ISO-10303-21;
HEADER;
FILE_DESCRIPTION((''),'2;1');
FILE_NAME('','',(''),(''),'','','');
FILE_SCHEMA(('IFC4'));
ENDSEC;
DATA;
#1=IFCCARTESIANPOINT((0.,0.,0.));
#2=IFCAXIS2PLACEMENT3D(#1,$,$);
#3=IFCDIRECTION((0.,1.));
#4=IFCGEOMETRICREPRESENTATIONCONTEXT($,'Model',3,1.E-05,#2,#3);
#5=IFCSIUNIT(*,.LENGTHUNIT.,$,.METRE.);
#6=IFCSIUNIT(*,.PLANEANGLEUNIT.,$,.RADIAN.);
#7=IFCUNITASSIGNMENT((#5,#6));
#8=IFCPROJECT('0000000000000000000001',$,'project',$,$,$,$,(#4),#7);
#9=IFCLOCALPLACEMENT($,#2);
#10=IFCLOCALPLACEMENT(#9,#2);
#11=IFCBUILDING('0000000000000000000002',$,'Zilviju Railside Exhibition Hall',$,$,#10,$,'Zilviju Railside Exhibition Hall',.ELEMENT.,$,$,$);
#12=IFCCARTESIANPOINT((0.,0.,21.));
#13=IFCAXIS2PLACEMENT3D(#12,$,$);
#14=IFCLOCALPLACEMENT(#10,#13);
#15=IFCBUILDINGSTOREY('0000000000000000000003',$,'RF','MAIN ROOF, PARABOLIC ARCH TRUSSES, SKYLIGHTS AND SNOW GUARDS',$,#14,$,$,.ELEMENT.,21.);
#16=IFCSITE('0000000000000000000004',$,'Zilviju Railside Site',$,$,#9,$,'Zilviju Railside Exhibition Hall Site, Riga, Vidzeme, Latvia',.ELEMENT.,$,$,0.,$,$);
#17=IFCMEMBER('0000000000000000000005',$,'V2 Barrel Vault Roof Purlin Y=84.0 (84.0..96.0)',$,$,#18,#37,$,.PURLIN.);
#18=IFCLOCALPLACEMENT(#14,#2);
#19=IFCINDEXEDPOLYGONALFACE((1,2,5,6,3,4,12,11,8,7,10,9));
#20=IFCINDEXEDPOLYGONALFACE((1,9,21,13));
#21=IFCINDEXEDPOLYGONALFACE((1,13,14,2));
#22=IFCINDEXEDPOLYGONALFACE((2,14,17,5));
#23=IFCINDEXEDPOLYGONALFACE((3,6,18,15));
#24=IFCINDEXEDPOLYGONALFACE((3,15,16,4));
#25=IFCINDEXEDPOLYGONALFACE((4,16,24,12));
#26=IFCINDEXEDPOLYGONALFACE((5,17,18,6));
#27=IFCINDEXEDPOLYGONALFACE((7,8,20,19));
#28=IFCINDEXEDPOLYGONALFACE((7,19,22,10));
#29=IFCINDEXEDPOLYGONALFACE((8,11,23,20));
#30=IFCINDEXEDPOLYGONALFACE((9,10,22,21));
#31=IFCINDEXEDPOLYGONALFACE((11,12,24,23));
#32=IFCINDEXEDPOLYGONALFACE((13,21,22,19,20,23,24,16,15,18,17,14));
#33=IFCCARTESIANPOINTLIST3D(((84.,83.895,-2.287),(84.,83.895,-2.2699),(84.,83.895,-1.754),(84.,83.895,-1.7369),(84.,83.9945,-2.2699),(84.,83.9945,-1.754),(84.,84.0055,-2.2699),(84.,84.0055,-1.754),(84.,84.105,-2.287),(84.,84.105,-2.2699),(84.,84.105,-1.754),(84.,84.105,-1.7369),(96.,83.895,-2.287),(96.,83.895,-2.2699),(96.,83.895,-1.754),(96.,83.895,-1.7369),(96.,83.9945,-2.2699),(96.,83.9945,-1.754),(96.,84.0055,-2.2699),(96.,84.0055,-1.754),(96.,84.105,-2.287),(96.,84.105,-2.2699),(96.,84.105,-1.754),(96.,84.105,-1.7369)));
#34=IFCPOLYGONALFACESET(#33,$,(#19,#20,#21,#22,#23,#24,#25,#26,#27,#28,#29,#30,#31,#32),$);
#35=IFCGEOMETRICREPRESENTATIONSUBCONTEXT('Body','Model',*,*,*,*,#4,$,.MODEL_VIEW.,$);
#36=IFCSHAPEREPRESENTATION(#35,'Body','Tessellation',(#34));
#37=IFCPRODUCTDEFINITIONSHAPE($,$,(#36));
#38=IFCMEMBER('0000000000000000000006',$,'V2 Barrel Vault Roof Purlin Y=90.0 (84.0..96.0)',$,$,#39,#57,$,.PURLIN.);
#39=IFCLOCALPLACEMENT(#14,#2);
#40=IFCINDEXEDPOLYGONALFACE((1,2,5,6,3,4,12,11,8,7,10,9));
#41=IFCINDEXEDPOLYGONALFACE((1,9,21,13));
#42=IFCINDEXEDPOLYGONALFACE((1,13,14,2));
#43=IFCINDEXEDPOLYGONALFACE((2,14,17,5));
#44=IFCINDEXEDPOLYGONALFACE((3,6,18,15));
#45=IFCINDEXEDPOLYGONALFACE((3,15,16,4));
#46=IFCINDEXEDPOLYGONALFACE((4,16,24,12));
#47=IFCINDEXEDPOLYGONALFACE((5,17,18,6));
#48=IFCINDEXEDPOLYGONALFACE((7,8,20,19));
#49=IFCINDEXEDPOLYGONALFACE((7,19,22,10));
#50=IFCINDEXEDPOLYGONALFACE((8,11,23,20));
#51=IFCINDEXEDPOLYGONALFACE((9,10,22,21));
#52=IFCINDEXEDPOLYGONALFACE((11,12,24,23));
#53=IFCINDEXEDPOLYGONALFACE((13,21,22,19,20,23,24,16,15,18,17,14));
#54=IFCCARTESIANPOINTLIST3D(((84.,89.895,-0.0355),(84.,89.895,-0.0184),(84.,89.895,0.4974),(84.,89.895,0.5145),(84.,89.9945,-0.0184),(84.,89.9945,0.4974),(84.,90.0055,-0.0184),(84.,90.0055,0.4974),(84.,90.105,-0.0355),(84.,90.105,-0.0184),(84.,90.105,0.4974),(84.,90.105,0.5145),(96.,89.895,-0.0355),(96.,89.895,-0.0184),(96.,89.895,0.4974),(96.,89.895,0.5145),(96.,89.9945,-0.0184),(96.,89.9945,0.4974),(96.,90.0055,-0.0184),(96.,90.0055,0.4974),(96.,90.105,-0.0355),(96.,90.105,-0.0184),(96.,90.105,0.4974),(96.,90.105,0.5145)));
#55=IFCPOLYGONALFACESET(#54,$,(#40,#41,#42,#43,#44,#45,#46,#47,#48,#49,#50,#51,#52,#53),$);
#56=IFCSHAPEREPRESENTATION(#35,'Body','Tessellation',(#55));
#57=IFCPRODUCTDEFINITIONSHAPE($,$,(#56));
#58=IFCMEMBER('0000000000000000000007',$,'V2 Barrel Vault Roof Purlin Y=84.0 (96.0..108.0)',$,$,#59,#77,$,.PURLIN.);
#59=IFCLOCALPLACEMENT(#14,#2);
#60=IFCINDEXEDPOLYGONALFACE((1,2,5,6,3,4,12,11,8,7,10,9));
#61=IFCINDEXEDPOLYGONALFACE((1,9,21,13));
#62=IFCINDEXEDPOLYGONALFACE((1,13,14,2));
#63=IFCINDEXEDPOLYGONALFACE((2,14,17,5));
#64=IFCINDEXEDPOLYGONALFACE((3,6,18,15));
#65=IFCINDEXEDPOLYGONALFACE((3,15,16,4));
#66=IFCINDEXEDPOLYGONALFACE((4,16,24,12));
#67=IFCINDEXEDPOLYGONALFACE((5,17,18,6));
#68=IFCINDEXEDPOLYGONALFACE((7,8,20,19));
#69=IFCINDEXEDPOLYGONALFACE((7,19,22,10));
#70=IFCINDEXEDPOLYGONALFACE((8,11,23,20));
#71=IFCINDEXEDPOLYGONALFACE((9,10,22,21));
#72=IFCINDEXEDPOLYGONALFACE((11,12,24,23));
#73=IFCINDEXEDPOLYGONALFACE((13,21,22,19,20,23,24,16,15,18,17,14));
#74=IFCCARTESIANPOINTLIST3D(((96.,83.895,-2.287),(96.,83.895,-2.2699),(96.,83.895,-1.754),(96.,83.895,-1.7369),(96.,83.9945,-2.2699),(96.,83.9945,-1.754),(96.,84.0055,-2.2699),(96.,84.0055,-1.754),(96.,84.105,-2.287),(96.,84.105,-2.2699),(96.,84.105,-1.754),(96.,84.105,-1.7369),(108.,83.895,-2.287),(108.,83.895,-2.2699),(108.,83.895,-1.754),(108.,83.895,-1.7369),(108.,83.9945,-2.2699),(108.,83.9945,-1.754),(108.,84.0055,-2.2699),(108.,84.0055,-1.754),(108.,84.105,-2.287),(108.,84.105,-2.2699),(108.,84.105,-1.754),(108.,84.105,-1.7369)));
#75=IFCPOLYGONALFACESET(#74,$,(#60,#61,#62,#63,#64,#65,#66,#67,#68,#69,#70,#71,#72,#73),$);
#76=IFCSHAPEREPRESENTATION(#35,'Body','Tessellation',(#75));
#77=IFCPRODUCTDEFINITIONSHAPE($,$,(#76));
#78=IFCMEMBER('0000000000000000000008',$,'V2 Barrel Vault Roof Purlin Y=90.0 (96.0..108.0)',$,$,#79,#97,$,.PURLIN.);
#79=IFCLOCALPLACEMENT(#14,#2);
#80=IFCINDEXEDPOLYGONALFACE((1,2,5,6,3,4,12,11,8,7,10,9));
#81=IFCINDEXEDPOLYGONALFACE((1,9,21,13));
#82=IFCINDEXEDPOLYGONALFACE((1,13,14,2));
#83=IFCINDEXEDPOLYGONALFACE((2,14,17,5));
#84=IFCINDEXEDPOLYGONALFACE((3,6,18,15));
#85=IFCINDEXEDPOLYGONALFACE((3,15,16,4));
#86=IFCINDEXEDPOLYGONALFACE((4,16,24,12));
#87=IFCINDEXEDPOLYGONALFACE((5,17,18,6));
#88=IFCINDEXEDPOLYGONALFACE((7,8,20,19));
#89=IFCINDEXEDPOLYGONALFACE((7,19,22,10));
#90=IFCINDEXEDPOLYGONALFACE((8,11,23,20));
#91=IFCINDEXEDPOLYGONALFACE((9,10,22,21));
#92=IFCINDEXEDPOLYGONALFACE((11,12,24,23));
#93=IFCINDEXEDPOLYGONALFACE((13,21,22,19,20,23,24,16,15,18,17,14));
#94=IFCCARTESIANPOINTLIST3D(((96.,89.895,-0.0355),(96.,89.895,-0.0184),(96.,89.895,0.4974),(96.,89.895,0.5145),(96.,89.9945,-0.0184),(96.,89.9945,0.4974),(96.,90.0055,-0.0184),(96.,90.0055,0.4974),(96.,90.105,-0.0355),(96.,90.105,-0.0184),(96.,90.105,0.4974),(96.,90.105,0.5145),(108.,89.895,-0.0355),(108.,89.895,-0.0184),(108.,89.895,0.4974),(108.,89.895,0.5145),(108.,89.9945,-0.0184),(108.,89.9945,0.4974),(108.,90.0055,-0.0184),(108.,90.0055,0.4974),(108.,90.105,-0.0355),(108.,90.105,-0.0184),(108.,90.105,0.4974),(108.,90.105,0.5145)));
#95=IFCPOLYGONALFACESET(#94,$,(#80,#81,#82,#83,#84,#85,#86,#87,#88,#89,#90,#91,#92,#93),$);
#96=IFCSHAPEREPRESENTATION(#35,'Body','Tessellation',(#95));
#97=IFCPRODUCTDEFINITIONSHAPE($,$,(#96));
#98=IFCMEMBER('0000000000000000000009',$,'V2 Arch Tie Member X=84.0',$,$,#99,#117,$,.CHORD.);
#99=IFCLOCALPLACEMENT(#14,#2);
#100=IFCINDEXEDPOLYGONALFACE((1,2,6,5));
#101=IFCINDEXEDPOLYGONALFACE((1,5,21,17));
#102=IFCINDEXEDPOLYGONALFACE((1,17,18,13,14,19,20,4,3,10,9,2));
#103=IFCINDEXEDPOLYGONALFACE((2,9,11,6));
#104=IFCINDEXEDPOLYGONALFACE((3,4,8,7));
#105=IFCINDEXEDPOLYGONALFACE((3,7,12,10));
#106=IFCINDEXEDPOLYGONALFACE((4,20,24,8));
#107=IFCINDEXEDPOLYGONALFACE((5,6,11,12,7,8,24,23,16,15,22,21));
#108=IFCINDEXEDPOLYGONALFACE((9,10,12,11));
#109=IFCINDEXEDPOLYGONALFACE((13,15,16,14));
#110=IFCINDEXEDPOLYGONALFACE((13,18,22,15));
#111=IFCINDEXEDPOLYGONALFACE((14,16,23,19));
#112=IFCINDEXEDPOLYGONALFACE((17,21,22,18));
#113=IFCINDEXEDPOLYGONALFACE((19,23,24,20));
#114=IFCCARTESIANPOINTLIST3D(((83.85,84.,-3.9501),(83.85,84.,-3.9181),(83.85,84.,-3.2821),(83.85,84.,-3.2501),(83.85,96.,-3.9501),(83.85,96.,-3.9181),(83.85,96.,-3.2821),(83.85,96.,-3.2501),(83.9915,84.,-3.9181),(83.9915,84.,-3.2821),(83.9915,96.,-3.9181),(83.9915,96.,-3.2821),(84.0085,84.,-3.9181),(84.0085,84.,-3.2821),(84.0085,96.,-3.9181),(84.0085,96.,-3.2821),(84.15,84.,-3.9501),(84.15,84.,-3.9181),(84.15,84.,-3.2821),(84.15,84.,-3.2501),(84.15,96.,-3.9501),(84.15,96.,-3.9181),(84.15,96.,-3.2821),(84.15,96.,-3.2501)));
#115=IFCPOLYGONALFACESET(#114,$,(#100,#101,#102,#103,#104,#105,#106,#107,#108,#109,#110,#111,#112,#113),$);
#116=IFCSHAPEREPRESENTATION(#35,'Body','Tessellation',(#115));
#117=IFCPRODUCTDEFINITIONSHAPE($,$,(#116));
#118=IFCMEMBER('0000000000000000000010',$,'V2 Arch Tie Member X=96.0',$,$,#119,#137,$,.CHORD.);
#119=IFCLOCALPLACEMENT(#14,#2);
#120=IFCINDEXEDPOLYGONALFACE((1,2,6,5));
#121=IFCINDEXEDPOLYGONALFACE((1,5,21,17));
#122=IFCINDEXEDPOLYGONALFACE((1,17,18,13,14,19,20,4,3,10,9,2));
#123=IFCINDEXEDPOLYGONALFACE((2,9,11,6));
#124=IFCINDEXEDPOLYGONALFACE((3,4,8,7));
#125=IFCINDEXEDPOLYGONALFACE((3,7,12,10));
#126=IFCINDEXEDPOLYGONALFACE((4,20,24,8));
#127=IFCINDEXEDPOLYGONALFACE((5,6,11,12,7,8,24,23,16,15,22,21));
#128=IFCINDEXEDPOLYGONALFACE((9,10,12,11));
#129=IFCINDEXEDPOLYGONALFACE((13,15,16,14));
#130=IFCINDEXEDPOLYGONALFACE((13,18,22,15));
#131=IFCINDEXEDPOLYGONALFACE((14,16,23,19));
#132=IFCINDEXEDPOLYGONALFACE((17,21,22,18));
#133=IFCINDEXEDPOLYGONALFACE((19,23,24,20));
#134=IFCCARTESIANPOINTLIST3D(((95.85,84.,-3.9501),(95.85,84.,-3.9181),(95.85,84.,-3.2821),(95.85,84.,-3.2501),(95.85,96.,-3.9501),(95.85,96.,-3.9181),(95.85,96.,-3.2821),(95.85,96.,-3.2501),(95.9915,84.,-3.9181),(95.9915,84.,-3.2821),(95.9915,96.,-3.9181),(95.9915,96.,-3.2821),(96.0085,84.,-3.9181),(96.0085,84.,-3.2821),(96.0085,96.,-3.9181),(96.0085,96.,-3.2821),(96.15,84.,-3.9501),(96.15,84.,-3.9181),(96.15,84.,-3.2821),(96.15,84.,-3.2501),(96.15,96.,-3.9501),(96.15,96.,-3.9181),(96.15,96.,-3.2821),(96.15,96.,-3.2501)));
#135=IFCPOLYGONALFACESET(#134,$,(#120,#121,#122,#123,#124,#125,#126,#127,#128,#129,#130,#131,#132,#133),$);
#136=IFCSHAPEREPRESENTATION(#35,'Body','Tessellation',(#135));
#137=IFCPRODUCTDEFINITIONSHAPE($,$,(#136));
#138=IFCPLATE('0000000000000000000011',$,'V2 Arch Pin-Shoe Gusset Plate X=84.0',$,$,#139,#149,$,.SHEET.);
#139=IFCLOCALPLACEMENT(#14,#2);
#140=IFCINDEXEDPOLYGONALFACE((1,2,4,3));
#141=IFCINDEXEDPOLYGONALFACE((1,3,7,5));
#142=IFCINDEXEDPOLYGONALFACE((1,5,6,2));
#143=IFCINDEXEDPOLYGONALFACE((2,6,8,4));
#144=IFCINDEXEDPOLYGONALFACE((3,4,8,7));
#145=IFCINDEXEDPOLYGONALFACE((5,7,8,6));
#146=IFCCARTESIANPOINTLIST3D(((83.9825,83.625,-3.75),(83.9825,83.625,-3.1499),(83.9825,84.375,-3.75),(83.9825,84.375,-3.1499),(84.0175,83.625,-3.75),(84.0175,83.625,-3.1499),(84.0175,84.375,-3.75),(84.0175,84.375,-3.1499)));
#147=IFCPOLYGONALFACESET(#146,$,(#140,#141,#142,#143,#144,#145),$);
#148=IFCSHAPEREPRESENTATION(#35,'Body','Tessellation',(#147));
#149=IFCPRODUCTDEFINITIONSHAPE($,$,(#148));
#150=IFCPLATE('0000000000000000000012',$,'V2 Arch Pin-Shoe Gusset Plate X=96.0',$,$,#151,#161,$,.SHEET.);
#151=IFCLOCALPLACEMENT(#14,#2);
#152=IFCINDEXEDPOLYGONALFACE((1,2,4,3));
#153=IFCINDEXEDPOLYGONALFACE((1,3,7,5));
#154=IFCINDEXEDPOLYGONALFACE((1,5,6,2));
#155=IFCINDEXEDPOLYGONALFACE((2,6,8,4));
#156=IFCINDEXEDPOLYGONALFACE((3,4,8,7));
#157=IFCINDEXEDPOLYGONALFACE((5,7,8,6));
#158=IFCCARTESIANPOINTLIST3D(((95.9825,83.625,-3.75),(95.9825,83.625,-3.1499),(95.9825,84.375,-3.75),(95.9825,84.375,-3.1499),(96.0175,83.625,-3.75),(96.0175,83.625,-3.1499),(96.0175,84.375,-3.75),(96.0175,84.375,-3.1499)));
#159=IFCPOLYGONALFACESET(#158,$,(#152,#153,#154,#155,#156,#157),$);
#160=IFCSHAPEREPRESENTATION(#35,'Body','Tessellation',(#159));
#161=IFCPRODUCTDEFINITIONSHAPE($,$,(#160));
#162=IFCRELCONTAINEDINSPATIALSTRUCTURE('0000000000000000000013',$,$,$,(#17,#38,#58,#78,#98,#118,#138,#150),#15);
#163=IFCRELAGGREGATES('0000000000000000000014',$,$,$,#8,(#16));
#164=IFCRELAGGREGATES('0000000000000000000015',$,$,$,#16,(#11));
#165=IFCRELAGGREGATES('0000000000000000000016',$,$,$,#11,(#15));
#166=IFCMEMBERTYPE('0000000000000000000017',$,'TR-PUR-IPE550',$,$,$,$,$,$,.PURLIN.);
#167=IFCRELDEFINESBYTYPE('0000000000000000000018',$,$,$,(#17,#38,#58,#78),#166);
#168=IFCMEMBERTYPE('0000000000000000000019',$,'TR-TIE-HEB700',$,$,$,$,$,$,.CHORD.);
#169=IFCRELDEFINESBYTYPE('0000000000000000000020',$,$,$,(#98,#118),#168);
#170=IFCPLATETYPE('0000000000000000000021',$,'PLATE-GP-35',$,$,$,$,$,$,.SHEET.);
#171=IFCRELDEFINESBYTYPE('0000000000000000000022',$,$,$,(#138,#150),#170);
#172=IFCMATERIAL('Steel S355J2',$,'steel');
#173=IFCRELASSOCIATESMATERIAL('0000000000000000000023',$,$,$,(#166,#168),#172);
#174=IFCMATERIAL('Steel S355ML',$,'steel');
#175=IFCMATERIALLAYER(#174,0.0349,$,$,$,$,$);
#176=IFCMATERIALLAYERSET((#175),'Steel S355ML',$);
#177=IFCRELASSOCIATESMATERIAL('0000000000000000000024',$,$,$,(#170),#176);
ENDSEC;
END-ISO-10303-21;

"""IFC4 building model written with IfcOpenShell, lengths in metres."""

from ifc_helpers import new_model, si_unit, direction, frame, origin, origin_2d, place, context, subcontext, project, spatial, rectangle, i_section, extrude, material, layer, layer_set, material_profile, profile_set, type_object, element, save


model = new_model("IFC4")

# Units and contexts
model_context = context("Model", 3, precision=1e-05, world=origin(), true_north=direction((0.0, 1.0)))
body_context = subcontext(model_context, "Body", "Model", "MODEL_VIEW")
ifc_project = project(units=[si_unit("LENGTHUNIT", "METRE"), si_unit("PLANEANGLEUNIT", "RADIAN")], contexts=[model_context])

# Site, building, storey
site_placement = place(None, origin())
site = spatial("IfcSite", under=ifc_project, at=site_placement, Name="Zilviju Railside Site", LongName="Zilviju Railside Exhibition Hall Site, Riga, Vidzeme, Latvia", CompositionType="ELEMENT", RefElevation=0.0)
building_placement = place(site_placement, origin())
building = spatial("IfcBuilding", under=site, at=building_placement, Name="Zilviju Railside Exhibition Hall", LongName="Zilviju Railside Exhibition Hall", CompositionType="ELEMENT")
storey_placement = place(building_placement, frame((0.0, 0.0, 21.0)))
storey = spatial("IfcBuildingStorey", under=building, at=storey_placement, Name="RF", Description="MAIN ROOF, PARABOLIC ARCH TRUSSES, SKYLIGHTS AND SNOW GUARDS", CompositionType="ELEMENT", Elevation=21.0)

# Members
ifc_material_1 = material(Name="Steel S355J2", Category="steel")
ifc_material_profile_1 = material_profile(ifc_material_1, i_section(OverallWidth=0.21, OverallDepth=0.55, WebThickness=0.011, FlangeThickness=0.0171, at=origin_2d()), Name="IPE 550")
ifc_profile_set_1 = profile_set([ifc_material_profile_1], Name="Steel S355J2")
member_type_1 = type_object("IfcMemberType", Name="TR-PUR-IPE550", PredefinedType="PURLIN", material=ifc_profile_set_1)
for number, where, z_axis, x_axis, name in (
    (1, (84.0, 84.0, -2.012), (1.0, 0.0, 0.0), (0.0, 1.0, 0.0), "V2 Barrel Vault Roof Purlin Y=84.0 (84.0..96.0)"),
    (2, (84.0, 90.0, 0.2395), (1.0, 0.0, 0.0), (0.0, 1.0, 0.0), "V2 Barrel Vault Roof Purlin Y=90.0 (84.0..96.0)"),
    (3, (96.0, 84.0, -2.012), (1.0, 0.0, 0.0), (0.0, 1.0, 0.0), "V2 Barrel Vault Roof Purlin Y=84.0 (96.0..108.0)"),
    (4, (96.0, 90.0, 0.2395), (1.0, 0.0, 0.0), (0.0, 1.0, 0.0), "V2 Barrel Vault Roof Purlin Y=90.0 (96.0..108.0)"),
):
    element("IfcMember", number, at=place(storey_placement, frame(where, z_axis=z_axis, x_axis=x_axis)), inside=storey, type_object=member_type_1, Name=name, PredefinedType="PURLIN", context=body_context, shape_type="SweptSolid", body=[
        extrude(i_section(OverallWidth=0.21, OverallDepth=0.55, WebThickness=0.011, FlangeThickness=0.0171, at=origin_2d()), origin(), (0.0, 0.0, 1.0), 12.0),
    ])
ifc_material_profile_2 = material_profile(ifc_material_1, i_section(OverallWidth=0.3, OverallDepth=0.7, WebThickness=0.0171, FlangeThickness=0.032, at=origin_2d()), Name="HEB 700")
ifc_profile_set_2 = profile_set([ifc_material_profile_2], Name="Steel S355J2")
member_type_2 = type_object("IfcMemberType", Name="TR-TIE-HEB700", PredefinedType="CHORD", material=ifc_profile_set_2)
for number, where, z_axis, x_axis, name in (
    (5, (84.0, 84.0, -3.6001), (0.0, 1.0, 0.0), (-1.0, 0.0, 0.0), "V2 Arch Tie Member X=84.0"),
    (6, (96.0, 84.0, -3.6001), (0.0, 1.0, 0.0), (-1.0, 0.0, 0.0), "V2 Arch Tie Member X=96.0"),
):
    element("IfcMember", number, at=place(storey_placement, frame(where, z_axis=z_axis, x_axis=x_axis)), inside=storey, type_object=member_type_2, Name=name, PredefinedType="CHORD", context=body_context, shape_type="SweptSolid", body=[
        extrude(i_section(OverallWidth=0.3, OverallDepth=0.7, WebThickness=0.0171, FlangeThickness=0.032, at=origin_2d()), origin(), (0.0, 0.0, 1.0), 12.0),
    ])

# Plates
ifc_material_2 = material(Name="Steel S355ML", Category="steel")
ifc_layer = layer(ifc_material_2, 0.0349)
ifc_layer_set = layer_set([ifc_layer], Name="Steel S355ML")
plate_type = type_object("IfcPlateType", Name="PLATE-GP-35", PredefinedType="SHEET", material=ifc_layer_set)
for number, where, z_axis, x_axis, name in (
    (7, (84.0, 84.0, -3.75), (0.0, 0.0, 1.0), (1.0, 0.0, 0.0), "V2 Arch Pin-Shoe Gusset Plate X=84.0"),
    (8, (96.0, 84.0, -3.75), (0.0, 0.0, 1.0), (1.0, 0.0, 0.0), "V2 Arch Pin-Shoe Gusset Plate X=96.0"),
):
    element("IfcPlate", number, at=place(storey_placement, frame(where, z_axis=z_axis, x_axis=x_axis)), inside=storey, type_object=plate_type, Name=name, PredefinedType="SHEET", context=body_context, shape_type="SweptSolid", body=[
        extrude(rectangle(XDim=0.0349, YDim=0.75, at=origin_2d()), origin(), (0.0, 0.0, 1.0), 0.6001),
    ])

save(model, "model.ifc")
